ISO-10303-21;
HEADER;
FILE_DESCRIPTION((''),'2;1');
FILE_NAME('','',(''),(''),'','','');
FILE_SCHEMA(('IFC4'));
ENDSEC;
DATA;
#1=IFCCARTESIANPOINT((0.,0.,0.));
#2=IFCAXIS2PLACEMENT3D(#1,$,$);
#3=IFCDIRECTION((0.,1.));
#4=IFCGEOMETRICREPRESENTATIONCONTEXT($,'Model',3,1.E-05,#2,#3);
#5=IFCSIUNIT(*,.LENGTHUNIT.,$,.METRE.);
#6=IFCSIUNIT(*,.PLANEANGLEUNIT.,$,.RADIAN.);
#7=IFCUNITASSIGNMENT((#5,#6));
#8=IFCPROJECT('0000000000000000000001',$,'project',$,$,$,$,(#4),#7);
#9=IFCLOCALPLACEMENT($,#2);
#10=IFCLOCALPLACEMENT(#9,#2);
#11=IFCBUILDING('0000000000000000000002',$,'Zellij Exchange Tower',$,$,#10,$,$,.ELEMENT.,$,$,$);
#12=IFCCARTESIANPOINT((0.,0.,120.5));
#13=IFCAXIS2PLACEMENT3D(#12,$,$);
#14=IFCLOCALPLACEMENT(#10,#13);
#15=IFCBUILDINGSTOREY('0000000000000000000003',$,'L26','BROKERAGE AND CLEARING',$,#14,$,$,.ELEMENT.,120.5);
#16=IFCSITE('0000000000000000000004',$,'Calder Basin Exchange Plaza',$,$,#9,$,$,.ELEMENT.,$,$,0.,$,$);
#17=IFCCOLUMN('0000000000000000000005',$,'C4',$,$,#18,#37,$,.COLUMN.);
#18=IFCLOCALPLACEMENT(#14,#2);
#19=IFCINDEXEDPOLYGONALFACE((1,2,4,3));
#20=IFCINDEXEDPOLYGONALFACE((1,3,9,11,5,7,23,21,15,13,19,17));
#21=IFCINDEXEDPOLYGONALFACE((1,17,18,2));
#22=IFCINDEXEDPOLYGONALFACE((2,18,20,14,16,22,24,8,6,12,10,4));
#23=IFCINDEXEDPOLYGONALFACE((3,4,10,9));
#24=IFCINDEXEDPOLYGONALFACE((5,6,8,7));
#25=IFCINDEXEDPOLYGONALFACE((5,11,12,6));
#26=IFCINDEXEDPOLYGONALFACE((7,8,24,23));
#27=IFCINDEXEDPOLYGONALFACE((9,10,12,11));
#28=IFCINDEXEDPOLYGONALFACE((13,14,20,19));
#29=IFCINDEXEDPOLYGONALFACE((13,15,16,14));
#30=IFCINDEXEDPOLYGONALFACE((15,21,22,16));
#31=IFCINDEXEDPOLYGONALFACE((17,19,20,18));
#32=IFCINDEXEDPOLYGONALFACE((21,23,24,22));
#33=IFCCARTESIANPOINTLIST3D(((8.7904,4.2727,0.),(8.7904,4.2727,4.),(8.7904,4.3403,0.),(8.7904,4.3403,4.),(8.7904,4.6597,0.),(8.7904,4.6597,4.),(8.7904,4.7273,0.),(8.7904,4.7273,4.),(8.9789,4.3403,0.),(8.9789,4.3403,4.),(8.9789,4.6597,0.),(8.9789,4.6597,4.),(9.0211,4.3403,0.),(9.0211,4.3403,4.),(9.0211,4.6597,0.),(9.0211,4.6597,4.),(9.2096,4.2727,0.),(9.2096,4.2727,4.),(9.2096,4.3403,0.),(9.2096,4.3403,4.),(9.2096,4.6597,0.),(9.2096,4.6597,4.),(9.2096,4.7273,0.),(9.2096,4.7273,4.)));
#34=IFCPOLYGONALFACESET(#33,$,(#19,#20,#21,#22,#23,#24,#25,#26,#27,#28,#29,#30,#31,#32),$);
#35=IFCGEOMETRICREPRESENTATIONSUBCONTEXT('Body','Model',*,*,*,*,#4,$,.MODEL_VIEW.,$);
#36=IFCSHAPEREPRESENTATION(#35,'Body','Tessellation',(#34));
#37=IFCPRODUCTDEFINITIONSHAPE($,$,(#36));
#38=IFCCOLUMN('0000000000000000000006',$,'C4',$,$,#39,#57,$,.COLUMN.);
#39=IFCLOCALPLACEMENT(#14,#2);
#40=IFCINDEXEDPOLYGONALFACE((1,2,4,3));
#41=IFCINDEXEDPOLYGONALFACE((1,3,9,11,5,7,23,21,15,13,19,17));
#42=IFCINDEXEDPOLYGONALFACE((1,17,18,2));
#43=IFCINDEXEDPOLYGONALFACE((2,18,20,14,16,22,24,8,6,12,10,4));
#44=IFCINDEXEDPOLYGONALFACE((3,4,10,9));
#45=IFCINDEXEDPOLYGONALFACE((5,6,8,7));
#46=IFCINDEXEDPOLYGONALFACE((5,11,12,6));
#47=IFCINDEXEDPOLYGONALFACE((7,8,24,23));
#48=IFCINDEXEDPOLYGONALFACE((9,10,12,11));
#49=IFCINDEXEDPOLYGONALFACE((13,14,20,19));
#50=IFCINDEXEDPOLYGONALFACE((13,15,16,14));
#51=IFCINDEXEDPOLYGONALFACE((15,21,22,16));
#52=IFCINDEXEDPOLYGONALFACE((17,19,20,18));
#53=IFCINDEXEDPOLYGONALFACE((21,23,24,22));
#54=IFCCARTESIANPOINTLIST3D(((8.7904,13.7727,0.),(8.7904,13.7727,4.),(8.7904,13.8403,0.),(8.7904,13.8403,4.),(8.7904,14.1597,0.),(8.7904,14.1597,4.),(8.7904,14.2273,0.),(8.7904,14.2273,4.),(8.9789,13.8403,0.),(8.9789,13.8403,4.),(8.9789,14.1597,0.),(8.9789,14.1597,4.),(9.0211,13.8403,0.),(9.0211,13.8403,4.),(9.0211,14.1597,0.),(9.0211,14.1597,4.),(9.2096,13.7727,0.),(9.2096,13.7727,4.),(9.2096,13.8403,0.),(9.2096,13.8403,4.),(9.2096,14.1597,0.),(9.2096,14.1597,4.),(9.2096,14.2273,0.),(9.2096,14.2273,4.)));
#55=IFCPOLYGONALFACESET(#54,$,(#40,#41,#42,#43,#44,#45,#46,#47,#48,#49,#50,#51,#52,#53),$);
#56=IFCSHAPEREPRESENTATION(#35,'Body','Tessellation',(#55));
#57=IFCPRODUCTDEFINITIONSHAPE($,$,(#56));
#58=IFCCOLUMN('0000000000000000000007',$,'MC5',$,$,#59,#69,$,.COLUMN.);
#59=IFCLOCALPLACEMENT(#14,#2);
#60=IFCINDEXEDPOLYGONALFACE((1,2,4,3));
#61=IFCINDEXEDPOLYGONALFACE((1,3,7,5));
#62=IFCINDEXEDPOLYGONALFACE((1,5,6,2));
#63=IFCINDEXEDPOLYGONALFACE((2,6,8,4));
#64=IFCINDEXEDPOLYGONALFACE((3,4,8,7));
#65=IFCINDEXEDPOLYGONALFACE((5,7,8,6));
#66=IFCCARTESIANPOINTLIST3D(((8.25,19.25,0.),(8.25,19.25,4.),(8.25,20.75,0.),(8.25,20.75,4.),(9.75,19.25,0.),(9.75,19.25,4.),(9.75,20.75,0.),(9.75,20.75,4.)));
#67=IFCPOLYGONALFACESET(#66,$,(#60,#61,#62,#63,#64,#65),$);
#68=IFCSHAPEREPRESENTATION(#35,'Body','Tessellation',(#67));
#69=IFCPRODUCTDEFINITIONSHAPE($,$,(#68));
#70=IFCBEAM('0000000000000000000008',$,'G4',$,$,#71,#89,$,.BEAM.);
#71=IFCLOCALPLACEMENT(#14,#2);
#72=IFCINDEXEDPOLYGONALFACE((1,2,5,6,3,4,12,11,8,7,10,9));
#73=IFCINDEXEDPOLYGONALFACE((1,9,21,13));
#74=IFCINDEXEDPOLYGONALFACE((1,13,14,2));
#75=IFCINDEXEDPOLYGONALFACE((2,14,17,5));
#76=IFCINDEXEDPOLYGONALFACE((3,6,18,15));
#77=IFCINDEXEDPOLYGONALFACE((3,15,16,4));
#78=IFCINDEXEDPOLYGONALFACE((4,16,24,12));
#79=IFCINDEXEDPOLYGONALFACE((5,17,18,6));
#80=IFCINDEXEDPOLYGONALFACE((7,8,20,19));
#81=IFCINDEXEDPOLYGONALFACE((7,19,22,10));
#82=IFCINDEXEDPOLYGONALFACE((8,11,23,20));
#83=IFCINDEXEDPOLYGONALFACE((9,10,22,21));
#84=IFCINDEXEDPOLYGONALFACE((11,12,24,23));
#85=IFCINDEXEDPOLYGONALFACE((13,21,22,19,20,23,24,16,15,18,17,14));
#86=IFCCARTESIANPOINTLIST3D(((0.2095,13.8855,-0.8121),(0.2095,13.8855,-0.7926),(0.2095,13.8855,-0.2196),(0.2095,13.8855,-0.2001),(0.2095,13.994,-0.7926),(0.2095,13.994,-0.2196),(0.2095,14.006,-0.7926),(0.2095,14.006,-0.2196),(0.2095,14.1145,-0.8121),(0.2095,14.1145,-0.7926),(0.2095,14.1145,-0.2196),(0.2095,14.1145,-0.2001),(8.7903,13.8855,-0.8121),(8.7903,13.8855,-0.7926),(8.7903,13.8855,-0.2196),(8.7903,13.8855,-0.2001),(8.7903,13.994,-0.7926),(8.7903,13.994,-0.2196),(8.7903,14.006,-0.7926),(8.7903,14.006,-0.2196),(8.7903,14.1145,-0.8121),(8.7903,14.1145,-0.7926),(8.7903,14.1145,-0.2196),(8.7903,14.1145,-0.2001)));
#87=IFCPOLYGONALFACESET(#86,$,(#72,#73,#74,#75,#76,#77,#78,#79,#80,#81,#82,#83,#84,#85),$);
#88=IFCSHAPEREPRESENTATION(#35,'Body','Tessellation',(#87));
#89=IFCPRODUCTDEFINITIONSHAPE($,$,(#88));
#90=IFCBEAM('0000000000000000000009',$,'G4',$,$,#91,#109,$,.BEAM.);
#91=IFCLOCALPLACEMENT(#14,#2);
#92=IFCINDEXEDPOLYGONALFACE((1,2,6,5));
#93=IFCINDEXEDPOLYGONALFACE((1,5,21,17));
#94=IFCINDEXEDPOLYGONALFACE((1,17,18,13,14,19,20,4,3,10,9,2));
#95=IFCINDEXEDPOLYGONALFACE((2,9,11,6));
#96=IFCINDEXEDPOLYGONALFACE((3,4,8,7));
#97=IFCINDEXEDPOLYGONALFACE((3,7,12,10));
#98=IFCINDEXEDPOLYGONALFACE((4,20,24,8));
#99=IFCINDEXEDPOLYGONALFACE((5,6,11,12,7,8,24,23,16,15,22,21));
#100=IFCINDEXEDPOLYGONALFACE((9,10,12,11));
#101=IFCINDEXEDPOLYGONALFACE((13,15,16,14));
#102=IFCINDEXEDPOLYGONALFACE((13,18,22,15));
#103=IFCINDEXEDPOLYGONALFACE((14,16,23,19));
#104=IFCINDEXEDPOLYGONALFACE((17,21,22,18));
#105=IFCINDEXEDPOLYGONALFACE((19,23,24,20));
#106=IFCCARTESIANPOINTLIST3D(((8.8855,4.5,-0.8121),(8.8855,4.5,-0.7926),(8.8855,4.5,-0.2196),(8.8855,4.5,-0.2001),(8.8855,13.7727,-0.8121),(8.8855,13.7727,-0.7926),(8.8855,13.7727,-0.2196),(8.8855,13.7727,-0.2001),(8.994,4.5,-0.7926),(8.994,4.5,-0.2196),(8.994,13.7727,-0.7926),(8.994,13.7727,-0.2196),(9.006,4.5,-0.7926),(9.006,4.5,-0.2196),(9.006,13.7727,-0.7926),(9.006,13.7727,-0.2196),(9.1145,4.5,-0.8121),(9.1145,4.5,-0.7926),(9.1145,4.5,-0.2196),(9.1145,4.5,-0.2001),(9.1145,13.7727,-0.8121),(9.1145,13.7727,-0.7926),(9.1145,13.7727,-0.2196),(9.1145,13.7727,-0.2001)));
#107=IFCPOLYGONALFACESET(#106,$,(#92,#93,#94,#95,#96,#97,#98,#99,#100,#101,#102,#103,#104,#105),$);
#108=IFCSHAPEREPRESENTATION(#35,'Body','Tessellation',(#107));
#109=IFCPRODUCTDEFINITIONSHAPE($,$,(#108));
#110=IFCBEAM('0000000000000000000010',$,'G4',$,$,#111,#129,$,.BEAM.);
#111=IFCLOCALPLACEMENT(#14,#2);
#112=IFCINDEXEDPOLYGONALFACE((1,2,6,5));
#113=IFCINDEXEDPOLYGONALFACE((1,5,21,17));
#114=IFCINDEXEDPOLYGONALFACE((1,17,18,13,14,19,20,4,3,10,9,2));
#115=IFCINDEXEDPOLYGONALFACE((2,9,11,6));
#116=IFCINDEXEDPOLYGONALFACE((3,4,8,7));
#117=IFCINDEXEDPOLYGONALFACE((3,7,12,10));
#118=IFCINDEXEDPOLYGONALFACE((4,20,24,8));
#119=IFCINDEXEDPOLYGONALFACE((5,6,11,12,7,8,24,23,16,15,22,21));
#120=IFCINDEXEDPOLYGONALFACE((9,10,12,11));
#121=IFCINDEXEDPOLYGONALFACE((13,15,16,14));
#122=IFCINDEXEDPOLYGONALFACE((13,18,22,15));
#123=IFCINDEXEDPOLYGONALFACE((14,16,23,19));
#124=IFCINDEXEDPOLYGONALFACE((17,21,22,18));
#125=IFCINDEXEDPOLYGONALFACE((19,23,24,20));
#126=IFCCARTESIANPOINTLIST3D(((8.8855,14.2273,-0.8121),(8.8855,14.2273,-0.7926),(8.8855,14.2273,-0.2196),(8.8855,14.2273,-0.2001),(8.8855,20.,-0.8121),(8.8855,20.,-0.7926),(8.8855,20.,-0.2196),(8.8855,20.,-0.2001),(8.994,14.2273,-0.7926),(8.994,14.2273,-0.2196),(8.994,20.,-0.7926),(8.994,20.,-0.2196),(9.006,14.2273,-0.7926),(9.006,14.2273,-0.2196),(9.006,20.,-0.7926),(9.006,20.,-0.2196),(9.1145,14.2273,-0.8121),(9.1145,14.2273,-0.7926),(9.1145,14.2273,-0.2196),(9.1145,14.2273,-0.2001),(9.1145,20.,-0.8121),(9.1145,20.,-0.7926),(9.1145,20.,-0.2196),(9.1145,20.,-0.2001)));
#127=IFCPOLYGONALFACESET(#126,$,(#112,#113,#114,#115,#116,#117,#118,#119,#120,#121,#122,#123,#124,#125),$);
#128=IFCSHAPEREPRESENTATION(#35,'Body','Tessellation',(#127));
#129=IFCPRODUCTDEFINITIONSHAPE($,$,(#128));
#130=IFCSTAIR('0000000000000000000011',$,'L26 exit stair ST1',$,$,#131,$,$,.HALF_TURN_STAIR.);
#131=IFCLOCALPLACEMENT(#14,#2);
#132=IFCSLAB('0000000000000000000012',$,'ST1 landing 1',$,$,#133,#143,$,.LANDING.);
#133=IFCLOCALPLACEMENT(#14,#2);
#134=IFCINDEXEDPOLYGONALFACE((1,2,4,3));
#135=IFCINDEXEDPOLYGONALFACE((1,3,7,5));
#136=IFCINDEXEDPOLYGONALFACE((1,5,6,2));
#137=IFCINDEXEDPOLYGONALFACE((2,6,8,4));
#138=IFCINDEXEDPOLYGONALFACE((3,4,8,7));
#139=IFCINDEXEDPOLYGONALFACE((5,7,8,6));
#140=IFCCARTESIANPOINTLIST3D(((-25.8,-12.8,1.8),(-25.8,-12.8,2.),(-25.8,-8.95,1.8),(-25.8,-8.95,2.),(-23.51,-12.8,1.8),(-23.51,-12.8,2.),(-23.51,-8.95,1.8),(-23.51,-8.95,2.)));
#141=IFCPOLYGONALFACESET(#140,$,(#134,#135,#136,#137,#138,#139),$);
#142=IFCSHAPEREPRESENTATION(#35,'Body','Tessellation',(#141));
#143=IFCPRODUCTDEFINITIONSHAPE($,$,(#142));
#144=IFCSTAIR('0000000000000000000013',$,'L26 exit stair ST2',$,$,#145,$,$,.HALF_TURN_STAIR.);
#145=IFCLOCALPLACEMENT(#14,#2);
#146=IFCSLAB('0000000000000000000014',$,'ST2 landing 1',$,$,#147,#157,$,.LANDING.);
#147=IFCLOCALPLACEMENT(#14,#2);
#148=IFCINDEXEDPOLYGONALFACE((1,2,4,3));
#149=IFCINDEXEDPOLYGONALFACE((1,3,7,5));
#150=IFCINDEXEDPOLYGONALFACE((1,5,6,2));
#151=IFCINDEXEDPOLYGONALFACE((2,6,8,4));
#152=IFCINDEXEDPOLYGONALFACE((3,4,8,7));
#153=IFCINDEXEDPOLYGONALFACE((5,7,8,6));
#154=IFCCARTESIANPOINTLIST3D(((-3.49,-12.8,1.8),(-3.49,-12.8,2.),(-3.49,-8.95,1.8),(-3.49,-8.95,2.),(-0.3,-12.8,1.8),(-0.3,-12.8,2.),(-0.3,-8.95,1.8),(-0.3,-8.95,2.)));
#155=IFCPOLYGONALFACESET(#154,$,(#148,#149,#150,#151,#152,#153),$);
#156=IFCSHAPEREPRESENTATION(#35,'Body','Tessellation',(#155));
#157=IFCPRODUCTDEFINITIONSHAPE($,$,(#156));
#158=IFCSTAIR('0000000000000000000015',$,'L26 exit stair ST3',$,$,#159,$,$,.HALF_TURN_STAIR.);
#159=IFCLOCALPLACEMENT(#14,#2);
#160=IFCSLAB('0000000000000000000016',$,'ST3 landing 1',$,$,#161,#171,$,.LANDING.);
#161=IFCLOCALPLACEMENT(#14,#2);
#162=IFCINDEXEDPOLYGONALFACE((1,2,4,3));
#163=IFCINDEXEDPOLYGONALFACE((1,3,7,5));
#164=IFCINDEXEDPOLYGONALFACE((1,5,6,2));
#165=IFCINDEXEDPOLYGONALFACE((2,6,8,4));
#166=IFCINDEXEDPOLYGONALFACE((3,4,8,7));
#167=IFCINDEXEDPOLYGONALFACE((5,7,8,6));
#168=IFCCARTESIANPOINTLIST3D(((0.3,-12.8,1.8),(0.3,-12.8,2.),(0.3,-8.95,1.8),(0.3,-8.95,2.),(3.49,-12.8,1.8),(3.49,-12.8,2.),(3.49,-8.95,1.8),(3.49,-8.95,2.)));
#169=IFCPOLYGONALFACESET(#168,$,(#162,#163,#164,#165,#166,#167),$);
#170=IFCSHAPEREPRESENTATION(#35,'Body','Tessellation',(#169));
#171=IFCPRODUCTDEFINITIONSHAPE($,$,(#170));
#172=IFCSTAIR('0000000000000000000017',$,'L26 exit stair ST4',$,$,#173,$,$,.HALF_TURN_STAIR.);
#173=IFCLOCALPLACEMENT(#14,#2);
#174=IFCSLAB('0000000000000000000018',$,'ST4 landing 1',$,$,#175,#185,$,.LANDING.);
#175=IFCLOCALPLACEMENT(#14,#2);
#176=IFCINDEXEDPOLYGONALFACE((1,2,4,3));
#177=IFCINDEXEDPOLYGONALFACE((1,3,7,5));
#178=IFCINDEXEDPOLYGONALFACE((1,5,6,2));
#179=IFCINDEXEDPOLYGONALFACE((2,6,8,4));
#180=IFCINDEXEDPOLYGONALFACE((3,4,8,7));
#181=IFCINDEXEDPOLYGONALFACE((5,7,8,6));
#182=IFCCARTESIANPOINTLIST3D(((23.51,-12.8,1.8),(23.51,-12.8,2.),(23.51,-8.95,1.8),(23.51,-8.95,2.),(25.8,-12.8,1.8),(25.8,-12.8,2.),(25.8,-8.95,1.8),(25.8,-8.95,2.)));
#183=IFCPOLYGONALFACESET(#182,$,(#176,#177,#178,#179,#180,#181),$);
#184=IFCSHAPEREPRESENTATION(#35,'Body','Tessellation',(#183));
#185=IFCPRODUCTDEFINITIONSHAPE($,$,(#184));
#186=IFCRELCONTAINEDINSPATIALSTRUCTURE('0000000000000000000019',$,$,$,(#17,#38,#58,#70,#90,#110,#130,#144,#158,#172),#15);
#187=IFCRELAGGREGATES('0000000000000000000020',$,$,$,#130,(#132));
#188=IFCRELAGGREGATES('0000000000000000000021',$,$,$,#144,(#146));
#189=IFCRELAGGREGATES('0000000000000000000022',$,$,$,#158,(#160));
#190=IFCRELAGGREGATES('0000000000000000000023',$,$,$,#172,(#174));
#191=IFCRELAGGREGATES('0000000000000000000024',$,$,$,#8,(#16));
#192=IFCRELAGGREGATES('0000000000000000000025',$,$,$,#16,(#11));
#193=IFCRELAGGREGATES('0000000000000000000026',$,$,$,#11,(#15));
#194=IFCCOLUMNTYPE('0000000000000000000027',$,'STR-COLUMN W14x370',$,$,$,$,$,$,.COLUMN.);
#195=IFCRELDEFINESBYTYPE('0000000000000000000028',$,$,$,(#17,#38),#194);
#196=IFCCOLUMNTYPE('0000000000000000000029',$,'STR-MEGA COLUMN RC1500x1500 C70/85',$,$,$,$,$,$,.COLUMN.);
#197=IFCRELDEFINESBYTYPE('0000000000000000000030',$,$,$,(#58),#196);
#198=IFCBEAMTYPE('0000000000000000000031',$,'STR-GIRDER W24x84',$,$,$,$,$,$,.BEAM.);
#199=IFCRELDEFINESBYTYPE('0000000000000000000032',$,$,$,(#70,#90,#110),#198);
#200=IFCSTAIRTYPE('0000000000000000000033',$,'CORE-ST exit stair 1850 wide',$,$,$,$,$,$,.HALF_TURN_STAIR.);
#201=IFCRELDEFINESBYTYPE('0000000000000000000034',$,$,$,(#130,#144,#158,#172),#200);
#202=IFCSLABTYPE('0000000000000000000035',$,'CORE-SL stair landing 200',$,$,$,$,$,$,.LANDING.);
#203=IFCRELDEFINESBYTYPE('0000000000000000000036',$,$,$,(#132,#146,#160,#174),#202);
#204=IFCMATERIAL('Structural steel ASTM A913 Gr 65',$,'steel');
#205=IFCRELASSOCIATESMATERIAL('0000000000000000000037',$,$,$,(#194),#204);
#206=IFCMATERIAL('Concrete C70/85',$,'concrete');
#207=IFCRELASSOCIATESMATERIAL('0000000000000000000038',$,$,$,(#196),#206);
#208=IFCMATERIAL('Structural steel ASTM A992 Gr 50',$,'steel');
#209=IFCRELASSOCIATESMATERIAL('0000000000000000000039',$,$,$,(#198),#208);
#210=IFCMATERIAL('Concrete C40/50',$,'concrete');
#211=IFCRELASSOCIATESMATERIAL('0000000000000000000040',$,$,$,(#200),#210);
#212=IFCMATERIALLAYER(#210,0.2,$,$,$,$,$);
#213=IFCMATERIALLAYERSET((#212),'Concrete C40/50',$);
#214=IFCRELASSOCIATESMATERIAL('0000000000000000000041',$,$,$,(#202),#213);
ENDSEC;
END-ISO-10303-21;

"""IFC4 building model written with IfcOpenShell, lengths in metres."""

from ifc_helpers import new_model, si_unit, direction, frame, origin, origin_2d, place, context, subcontext, project, spatial, polyline, rectangle, i_section, outline, extrude, material, layer, layer_set, material_profile, profile_set, type_object, element, aggregate, save


model = new_model("IFC4")

# Units and contexts
model_context = context("Model", 3, precision=1e-05, world=origin(), true_north=direction((0.0, 1.0)))
body_context = subcontext(model_context, "Body", "Model", "MODEL_VIEW")
ifc_project = project(units=[si_unit("LENGTHUNIT", "METRE"), si_unit("PLANEANGLEUNIT", "RADIAN")], contexts=[model_context])

# Site, building, storey
site_placement = place(None, origin())
site = spatial("IfcSite", under=ifc_project, at=site_placement, Name="Calder Basin Exchange Plaza", CompositionType="ELEMENT", RefElevation=0.0)
building_placement = place(site_placement, origin())
building = spatial("IfcBuilding", under=site, at=building_placement, Name="Zellij Exchange Tower", CompositionType="ELEMENT")
storey_placement = place(building_placement, frame((0.0, 0.0, 120.5)))
storey = spatial("IfcBuildingStorey", under=building, at=storey_placement, Name="L26", Description="BROKERAGE AND CLEARING", CompositionType="ELEMENT", Elevation=120.5)

# Columns
ifc_material_1 = material(Name="Structural steel ASTM A913 Gr 65", Category="steel")
ifc_material_profile_1 = material_profile(ifc_material_1, i_section(OverallWidth=0.4192, OverallDepth=0.4546, WebThickness=0.0422, FlangeThickness=0.0676, at=origin_2d()), Name="W14x370")
ifc_profile_set_1 = profile_set([ifc_material_profile_1], Name="Structural steel ASTM A913 Gr 65")
column_type_1 = type_object("IfcColumnType", Name="STR-COLUMN W14x370", PredefinedType="COLUMN", material=ifc_profile_set_1)
for number, where, z_axis, x_axis, name in (
    (1, (9.0, 4.5, 0.0), (0.0, 0.0, 1.0), (1.0, 0.0, 0.0), "C4"),
    (2, (9.0, 14.0, 0.0), (0.0, 0.0, 1.0), (1.0, 0.0, 0.0), "C4"),
):
    element("IfcColumn", number, at=place(storey_placement, frame(where, z_axis=z_axis, x_axis=x_axis)), inside=storey, type_object=column_type_1, Name=name, PredefinedType="COLUMN", context=body_context, shape_type="SweptSolid", body=[
        extrude(i_section(OverallWidth=0.4192, OverallDepth=0.4546, WebThickness=0.0422, FlangeThickness=0.0676, at=origin_2d()), origin(), (0.0, 0.0, 1.0), 4.0),
    ])
ifc_material_2 = material(Name="Concrete C70/85", Category="concrete")
ifc_material_profile_2 = material_profile(ifc_material_2, rectangle(XDim=1.5, YDim=1.5, at=origin_2d()), Name="STR-MEGA COLUMN RC1500x1500 C70/85")
ifc_profile_set_2 = profile_set([ifc_material_profile_2], Name="Concrete C70/85")
column_type_2 = type_object("IfcColumnType", Name="STR-MEGA COLUMN RC1500x1500 C70/85", PredefinedType="COLUMN", material=ifc_profile_set_2)
column_placement = place(storey_placement, frame((9.0, 20.0, 0.0), z_axis=(0.0, 0.0, 1.0), x_axis=(1.0, 0.0, 0.0)))
element("IfcColumn", 3, at=column_placement, inside=storey, type_object=column_type_2, Name="MC5", PredefinedType="COLUMN", context=body_context, shape_type="SweptSolid", body=[
    extrude(rectangle(XDim=1.5, YDim=1.5, at=origin_2d()), origin(), (0.0, 0.0, 1.0), 4.0),
])

# Beams
ifc_material_3 = material(Name="Structural steel ASTM A992 Gr 50", Category="steel")
ifc_material_profile_3 = material_profile(ifc_material_3, i_section(OverallWidth=0.229, OverallDepth=0.6121, WebThickness=0.012, FlangeThickness=0.0195, at=origin_2d()), Name="W24x84")
ifc_profile_set_3 = profile_set([ifc_material_profile_3], Name="Structural steel ASTM A992 Gr 50")
beam_type = type_object("IfcBeamType", Name="STR-GIRDER W24x84", PredefinedType="BEAM", material=ifc_profile_set_3)
beam_1_placement = place(storey_placement, frame((0.2095, 14.0, -0.5061), z_axis=(1.0, 0.0, 0.0), x_axis=(0.0, 1.0, 0.0)))
element("IfcBeam", 4, at=beam_1_placement, inside=storey, type_object=beam_type, Name="G4", PredefinedType="BEAM", context=body_context, shape_type="SweptSolid", body=[
    extrude(i_section(OverallWidth=0.229, OverallDepth=0.6121, WebThickness=0.012, FlangeThickness=0.0195, at=origin_2d()), origin(), (0.0, 0.0, 1.0), 8.5808),
])
beam_2_placement = place(storey_placement, frame((9.0, 4.5, -0.5061), z_axis=(0.0, 1.0, 0.0), x_axis=(-1.0, 0.0, 0.0)))
element("IfcBeam", 5, at=beam_2_placement, inside=storey, type_object=beam_type, Name="G4", PredefinedType="BEAM", context=body_context, shape_type="SweptSolid", body=[
    extrude(i_section(OverallWidth=0.229, OverallDepth=0.6121, WebThickness=0.012, FlangeThickness=0.0195, at=origin_2d()), origin(), (0.0, 0.0, 1.0), 9.2727),
])
beam_3_placement = place(storey_placement, frame((9.0, 14.2273, -0.5061), z_axis=(0.0, 1.0, 0.0), x_axis=(-1.0, 0.0, 0.0)))
element("IfcBeam", 6, at=beam_3_placement, inside=storey, type_object=beam_type, Name="G4", PredefinedType="BEAM", context=body_context, shape_type="SweptSolid", body=[
    extrude(i_section(OverallWidth=0.229, OverallDepth=0.6121, WebThickness=0.012, FlangeThickness=0.0195, at=origin_2d()), origin(), (0.0, 0.0, 1.0), 5.7727),
])

# Stairs, slabs
ifc_material_4 = material(Name="Concrete C40/50", Category="concrete")
stair_type = type_object("IfcStairType", Name="CORE-ST exit stair 1850 wide", PredefinedType="HALF_TURN_STAIR", material=ifc_material_4)
stair_1_placement = place(storey_placement, origin())
stair_1 = element("IfcStair", 7, at=stair_1_placement, inside=storey, type_object=stair_type, Name="L26 exit stair ST1", PredefinedType="HALF_TURN_STAIR")
ifc_layer_1 = layer(ifc_material_4, 0.2)
ifc_layer_set_1 = layer_set([ifc_layer_1], Name="Concrete C40/50")
slab_type = type_object("IfcSlabType", Name="CORE-SL stair landing 200", PredefinedType="LANDING", material=ifc_layer_set_1)
slab_1_placement = place(storey_placement, frame((0.0, 0.0, 1.8)))
slab_1 = element("IfcSlab", 8, at=slab_1_placement, type_object=slab_type, Name="ST1 landing 1", PredefinedType="LANDING", context=body_context, shape_type="SweptSolid", body=[
    extrude(outline(polyline([(-23.51, -8.95), (-25.8, -8.95), (-25.8, -12.8), (-23.51, -12.8), (-23.51, -8.95)])), origin(), (0.0, 0.0, 1.0), 0.2),
])
aggregate(stair_1, [slab_1])
stair_2_placement = place(storey_placement, origin())
stair_2 = element("IfcStair", 9, at=stair_2_placement, inside=storey, type_object=stair_type, Name="L26 exit stair ST2", PredefinedType="HALF_TURN_STAIR")
slab_2_placement = place(storey_placement, frame((0.0, 0.0, 1.8)))
slab_2 = element("IfcSlab", 10, at=slab_2_placement, type_object=slab_type, Name="ST2 landing 1", PredefinedType="LANDING", context=body_context, shape_type="SweptSolid", body=[
    extrude(outline(polyline([(-3.49, -12.8), (-0.3, -12.8), (-0.3, -8.95), (-3.49, -8.95), (-3.49, -12.8)])), origin(), (0.0, 0.0, 1.0), 0.2),
])
aggregate(stair_2, [slab_2])
stair_3_placement = place(storey_placement, origin())
stair_3 = element("IfcStair", 11, at=stair_3_placement, inside=storey, type_object=stair_type, Name="L26 exit stair ST3", PredefinedType="HALF_TURN_STAIR")
slab_3_placement = place(storey_placement, frame((0.0, 0.0, 1.8)))
slab_3 = element("IfcSlab", 12, at=slab_3_placement, type_object=slab_type, Name="ST3 landing 1", PredefinedType="LANDING", context=body_context, shape_type="SweptSolid", body=[
    extrude(outline(polyline([(3.49, -8.95), (0.3, -8.95), (0.3, -12.8), (3.49, -12.8), (3.49, -8.95)])), origin(), (0.0, 0.0, 1.0), 0.2),
])
aggregate(stair_3, [slab_3])
stair_4_placement = place(storey_placement, origin())
stair_4 = element("IfcStair", 13, at=stair_4_placement, inside=storey, type_object=stair_type, Name="L26 exit stair ST4", PredefinedType="HALF_TURN_STAIR")
slab_4_placement = place(storey_placement, frame((0.0, 0.0, 1.8)))
slab_4 = element("IfcSlab", 14, at=slab_4_placement, type_object=slab_type, Name="ST4 landing 1", PredefinedType="LANDING", context=body_context, shape_type="SweptSolid", body=[
    extrude(outline(polyline([(23.51, -12.8), (25.8, -12.8), (25.8, -8.95), (23.51, -8.95), (23.51, -12.8)])), origin(), (0.0, 0.0, 1.0), 0.2),
])
aggregate(stair_4, [slab_4])

save(model, "model.ifc")
